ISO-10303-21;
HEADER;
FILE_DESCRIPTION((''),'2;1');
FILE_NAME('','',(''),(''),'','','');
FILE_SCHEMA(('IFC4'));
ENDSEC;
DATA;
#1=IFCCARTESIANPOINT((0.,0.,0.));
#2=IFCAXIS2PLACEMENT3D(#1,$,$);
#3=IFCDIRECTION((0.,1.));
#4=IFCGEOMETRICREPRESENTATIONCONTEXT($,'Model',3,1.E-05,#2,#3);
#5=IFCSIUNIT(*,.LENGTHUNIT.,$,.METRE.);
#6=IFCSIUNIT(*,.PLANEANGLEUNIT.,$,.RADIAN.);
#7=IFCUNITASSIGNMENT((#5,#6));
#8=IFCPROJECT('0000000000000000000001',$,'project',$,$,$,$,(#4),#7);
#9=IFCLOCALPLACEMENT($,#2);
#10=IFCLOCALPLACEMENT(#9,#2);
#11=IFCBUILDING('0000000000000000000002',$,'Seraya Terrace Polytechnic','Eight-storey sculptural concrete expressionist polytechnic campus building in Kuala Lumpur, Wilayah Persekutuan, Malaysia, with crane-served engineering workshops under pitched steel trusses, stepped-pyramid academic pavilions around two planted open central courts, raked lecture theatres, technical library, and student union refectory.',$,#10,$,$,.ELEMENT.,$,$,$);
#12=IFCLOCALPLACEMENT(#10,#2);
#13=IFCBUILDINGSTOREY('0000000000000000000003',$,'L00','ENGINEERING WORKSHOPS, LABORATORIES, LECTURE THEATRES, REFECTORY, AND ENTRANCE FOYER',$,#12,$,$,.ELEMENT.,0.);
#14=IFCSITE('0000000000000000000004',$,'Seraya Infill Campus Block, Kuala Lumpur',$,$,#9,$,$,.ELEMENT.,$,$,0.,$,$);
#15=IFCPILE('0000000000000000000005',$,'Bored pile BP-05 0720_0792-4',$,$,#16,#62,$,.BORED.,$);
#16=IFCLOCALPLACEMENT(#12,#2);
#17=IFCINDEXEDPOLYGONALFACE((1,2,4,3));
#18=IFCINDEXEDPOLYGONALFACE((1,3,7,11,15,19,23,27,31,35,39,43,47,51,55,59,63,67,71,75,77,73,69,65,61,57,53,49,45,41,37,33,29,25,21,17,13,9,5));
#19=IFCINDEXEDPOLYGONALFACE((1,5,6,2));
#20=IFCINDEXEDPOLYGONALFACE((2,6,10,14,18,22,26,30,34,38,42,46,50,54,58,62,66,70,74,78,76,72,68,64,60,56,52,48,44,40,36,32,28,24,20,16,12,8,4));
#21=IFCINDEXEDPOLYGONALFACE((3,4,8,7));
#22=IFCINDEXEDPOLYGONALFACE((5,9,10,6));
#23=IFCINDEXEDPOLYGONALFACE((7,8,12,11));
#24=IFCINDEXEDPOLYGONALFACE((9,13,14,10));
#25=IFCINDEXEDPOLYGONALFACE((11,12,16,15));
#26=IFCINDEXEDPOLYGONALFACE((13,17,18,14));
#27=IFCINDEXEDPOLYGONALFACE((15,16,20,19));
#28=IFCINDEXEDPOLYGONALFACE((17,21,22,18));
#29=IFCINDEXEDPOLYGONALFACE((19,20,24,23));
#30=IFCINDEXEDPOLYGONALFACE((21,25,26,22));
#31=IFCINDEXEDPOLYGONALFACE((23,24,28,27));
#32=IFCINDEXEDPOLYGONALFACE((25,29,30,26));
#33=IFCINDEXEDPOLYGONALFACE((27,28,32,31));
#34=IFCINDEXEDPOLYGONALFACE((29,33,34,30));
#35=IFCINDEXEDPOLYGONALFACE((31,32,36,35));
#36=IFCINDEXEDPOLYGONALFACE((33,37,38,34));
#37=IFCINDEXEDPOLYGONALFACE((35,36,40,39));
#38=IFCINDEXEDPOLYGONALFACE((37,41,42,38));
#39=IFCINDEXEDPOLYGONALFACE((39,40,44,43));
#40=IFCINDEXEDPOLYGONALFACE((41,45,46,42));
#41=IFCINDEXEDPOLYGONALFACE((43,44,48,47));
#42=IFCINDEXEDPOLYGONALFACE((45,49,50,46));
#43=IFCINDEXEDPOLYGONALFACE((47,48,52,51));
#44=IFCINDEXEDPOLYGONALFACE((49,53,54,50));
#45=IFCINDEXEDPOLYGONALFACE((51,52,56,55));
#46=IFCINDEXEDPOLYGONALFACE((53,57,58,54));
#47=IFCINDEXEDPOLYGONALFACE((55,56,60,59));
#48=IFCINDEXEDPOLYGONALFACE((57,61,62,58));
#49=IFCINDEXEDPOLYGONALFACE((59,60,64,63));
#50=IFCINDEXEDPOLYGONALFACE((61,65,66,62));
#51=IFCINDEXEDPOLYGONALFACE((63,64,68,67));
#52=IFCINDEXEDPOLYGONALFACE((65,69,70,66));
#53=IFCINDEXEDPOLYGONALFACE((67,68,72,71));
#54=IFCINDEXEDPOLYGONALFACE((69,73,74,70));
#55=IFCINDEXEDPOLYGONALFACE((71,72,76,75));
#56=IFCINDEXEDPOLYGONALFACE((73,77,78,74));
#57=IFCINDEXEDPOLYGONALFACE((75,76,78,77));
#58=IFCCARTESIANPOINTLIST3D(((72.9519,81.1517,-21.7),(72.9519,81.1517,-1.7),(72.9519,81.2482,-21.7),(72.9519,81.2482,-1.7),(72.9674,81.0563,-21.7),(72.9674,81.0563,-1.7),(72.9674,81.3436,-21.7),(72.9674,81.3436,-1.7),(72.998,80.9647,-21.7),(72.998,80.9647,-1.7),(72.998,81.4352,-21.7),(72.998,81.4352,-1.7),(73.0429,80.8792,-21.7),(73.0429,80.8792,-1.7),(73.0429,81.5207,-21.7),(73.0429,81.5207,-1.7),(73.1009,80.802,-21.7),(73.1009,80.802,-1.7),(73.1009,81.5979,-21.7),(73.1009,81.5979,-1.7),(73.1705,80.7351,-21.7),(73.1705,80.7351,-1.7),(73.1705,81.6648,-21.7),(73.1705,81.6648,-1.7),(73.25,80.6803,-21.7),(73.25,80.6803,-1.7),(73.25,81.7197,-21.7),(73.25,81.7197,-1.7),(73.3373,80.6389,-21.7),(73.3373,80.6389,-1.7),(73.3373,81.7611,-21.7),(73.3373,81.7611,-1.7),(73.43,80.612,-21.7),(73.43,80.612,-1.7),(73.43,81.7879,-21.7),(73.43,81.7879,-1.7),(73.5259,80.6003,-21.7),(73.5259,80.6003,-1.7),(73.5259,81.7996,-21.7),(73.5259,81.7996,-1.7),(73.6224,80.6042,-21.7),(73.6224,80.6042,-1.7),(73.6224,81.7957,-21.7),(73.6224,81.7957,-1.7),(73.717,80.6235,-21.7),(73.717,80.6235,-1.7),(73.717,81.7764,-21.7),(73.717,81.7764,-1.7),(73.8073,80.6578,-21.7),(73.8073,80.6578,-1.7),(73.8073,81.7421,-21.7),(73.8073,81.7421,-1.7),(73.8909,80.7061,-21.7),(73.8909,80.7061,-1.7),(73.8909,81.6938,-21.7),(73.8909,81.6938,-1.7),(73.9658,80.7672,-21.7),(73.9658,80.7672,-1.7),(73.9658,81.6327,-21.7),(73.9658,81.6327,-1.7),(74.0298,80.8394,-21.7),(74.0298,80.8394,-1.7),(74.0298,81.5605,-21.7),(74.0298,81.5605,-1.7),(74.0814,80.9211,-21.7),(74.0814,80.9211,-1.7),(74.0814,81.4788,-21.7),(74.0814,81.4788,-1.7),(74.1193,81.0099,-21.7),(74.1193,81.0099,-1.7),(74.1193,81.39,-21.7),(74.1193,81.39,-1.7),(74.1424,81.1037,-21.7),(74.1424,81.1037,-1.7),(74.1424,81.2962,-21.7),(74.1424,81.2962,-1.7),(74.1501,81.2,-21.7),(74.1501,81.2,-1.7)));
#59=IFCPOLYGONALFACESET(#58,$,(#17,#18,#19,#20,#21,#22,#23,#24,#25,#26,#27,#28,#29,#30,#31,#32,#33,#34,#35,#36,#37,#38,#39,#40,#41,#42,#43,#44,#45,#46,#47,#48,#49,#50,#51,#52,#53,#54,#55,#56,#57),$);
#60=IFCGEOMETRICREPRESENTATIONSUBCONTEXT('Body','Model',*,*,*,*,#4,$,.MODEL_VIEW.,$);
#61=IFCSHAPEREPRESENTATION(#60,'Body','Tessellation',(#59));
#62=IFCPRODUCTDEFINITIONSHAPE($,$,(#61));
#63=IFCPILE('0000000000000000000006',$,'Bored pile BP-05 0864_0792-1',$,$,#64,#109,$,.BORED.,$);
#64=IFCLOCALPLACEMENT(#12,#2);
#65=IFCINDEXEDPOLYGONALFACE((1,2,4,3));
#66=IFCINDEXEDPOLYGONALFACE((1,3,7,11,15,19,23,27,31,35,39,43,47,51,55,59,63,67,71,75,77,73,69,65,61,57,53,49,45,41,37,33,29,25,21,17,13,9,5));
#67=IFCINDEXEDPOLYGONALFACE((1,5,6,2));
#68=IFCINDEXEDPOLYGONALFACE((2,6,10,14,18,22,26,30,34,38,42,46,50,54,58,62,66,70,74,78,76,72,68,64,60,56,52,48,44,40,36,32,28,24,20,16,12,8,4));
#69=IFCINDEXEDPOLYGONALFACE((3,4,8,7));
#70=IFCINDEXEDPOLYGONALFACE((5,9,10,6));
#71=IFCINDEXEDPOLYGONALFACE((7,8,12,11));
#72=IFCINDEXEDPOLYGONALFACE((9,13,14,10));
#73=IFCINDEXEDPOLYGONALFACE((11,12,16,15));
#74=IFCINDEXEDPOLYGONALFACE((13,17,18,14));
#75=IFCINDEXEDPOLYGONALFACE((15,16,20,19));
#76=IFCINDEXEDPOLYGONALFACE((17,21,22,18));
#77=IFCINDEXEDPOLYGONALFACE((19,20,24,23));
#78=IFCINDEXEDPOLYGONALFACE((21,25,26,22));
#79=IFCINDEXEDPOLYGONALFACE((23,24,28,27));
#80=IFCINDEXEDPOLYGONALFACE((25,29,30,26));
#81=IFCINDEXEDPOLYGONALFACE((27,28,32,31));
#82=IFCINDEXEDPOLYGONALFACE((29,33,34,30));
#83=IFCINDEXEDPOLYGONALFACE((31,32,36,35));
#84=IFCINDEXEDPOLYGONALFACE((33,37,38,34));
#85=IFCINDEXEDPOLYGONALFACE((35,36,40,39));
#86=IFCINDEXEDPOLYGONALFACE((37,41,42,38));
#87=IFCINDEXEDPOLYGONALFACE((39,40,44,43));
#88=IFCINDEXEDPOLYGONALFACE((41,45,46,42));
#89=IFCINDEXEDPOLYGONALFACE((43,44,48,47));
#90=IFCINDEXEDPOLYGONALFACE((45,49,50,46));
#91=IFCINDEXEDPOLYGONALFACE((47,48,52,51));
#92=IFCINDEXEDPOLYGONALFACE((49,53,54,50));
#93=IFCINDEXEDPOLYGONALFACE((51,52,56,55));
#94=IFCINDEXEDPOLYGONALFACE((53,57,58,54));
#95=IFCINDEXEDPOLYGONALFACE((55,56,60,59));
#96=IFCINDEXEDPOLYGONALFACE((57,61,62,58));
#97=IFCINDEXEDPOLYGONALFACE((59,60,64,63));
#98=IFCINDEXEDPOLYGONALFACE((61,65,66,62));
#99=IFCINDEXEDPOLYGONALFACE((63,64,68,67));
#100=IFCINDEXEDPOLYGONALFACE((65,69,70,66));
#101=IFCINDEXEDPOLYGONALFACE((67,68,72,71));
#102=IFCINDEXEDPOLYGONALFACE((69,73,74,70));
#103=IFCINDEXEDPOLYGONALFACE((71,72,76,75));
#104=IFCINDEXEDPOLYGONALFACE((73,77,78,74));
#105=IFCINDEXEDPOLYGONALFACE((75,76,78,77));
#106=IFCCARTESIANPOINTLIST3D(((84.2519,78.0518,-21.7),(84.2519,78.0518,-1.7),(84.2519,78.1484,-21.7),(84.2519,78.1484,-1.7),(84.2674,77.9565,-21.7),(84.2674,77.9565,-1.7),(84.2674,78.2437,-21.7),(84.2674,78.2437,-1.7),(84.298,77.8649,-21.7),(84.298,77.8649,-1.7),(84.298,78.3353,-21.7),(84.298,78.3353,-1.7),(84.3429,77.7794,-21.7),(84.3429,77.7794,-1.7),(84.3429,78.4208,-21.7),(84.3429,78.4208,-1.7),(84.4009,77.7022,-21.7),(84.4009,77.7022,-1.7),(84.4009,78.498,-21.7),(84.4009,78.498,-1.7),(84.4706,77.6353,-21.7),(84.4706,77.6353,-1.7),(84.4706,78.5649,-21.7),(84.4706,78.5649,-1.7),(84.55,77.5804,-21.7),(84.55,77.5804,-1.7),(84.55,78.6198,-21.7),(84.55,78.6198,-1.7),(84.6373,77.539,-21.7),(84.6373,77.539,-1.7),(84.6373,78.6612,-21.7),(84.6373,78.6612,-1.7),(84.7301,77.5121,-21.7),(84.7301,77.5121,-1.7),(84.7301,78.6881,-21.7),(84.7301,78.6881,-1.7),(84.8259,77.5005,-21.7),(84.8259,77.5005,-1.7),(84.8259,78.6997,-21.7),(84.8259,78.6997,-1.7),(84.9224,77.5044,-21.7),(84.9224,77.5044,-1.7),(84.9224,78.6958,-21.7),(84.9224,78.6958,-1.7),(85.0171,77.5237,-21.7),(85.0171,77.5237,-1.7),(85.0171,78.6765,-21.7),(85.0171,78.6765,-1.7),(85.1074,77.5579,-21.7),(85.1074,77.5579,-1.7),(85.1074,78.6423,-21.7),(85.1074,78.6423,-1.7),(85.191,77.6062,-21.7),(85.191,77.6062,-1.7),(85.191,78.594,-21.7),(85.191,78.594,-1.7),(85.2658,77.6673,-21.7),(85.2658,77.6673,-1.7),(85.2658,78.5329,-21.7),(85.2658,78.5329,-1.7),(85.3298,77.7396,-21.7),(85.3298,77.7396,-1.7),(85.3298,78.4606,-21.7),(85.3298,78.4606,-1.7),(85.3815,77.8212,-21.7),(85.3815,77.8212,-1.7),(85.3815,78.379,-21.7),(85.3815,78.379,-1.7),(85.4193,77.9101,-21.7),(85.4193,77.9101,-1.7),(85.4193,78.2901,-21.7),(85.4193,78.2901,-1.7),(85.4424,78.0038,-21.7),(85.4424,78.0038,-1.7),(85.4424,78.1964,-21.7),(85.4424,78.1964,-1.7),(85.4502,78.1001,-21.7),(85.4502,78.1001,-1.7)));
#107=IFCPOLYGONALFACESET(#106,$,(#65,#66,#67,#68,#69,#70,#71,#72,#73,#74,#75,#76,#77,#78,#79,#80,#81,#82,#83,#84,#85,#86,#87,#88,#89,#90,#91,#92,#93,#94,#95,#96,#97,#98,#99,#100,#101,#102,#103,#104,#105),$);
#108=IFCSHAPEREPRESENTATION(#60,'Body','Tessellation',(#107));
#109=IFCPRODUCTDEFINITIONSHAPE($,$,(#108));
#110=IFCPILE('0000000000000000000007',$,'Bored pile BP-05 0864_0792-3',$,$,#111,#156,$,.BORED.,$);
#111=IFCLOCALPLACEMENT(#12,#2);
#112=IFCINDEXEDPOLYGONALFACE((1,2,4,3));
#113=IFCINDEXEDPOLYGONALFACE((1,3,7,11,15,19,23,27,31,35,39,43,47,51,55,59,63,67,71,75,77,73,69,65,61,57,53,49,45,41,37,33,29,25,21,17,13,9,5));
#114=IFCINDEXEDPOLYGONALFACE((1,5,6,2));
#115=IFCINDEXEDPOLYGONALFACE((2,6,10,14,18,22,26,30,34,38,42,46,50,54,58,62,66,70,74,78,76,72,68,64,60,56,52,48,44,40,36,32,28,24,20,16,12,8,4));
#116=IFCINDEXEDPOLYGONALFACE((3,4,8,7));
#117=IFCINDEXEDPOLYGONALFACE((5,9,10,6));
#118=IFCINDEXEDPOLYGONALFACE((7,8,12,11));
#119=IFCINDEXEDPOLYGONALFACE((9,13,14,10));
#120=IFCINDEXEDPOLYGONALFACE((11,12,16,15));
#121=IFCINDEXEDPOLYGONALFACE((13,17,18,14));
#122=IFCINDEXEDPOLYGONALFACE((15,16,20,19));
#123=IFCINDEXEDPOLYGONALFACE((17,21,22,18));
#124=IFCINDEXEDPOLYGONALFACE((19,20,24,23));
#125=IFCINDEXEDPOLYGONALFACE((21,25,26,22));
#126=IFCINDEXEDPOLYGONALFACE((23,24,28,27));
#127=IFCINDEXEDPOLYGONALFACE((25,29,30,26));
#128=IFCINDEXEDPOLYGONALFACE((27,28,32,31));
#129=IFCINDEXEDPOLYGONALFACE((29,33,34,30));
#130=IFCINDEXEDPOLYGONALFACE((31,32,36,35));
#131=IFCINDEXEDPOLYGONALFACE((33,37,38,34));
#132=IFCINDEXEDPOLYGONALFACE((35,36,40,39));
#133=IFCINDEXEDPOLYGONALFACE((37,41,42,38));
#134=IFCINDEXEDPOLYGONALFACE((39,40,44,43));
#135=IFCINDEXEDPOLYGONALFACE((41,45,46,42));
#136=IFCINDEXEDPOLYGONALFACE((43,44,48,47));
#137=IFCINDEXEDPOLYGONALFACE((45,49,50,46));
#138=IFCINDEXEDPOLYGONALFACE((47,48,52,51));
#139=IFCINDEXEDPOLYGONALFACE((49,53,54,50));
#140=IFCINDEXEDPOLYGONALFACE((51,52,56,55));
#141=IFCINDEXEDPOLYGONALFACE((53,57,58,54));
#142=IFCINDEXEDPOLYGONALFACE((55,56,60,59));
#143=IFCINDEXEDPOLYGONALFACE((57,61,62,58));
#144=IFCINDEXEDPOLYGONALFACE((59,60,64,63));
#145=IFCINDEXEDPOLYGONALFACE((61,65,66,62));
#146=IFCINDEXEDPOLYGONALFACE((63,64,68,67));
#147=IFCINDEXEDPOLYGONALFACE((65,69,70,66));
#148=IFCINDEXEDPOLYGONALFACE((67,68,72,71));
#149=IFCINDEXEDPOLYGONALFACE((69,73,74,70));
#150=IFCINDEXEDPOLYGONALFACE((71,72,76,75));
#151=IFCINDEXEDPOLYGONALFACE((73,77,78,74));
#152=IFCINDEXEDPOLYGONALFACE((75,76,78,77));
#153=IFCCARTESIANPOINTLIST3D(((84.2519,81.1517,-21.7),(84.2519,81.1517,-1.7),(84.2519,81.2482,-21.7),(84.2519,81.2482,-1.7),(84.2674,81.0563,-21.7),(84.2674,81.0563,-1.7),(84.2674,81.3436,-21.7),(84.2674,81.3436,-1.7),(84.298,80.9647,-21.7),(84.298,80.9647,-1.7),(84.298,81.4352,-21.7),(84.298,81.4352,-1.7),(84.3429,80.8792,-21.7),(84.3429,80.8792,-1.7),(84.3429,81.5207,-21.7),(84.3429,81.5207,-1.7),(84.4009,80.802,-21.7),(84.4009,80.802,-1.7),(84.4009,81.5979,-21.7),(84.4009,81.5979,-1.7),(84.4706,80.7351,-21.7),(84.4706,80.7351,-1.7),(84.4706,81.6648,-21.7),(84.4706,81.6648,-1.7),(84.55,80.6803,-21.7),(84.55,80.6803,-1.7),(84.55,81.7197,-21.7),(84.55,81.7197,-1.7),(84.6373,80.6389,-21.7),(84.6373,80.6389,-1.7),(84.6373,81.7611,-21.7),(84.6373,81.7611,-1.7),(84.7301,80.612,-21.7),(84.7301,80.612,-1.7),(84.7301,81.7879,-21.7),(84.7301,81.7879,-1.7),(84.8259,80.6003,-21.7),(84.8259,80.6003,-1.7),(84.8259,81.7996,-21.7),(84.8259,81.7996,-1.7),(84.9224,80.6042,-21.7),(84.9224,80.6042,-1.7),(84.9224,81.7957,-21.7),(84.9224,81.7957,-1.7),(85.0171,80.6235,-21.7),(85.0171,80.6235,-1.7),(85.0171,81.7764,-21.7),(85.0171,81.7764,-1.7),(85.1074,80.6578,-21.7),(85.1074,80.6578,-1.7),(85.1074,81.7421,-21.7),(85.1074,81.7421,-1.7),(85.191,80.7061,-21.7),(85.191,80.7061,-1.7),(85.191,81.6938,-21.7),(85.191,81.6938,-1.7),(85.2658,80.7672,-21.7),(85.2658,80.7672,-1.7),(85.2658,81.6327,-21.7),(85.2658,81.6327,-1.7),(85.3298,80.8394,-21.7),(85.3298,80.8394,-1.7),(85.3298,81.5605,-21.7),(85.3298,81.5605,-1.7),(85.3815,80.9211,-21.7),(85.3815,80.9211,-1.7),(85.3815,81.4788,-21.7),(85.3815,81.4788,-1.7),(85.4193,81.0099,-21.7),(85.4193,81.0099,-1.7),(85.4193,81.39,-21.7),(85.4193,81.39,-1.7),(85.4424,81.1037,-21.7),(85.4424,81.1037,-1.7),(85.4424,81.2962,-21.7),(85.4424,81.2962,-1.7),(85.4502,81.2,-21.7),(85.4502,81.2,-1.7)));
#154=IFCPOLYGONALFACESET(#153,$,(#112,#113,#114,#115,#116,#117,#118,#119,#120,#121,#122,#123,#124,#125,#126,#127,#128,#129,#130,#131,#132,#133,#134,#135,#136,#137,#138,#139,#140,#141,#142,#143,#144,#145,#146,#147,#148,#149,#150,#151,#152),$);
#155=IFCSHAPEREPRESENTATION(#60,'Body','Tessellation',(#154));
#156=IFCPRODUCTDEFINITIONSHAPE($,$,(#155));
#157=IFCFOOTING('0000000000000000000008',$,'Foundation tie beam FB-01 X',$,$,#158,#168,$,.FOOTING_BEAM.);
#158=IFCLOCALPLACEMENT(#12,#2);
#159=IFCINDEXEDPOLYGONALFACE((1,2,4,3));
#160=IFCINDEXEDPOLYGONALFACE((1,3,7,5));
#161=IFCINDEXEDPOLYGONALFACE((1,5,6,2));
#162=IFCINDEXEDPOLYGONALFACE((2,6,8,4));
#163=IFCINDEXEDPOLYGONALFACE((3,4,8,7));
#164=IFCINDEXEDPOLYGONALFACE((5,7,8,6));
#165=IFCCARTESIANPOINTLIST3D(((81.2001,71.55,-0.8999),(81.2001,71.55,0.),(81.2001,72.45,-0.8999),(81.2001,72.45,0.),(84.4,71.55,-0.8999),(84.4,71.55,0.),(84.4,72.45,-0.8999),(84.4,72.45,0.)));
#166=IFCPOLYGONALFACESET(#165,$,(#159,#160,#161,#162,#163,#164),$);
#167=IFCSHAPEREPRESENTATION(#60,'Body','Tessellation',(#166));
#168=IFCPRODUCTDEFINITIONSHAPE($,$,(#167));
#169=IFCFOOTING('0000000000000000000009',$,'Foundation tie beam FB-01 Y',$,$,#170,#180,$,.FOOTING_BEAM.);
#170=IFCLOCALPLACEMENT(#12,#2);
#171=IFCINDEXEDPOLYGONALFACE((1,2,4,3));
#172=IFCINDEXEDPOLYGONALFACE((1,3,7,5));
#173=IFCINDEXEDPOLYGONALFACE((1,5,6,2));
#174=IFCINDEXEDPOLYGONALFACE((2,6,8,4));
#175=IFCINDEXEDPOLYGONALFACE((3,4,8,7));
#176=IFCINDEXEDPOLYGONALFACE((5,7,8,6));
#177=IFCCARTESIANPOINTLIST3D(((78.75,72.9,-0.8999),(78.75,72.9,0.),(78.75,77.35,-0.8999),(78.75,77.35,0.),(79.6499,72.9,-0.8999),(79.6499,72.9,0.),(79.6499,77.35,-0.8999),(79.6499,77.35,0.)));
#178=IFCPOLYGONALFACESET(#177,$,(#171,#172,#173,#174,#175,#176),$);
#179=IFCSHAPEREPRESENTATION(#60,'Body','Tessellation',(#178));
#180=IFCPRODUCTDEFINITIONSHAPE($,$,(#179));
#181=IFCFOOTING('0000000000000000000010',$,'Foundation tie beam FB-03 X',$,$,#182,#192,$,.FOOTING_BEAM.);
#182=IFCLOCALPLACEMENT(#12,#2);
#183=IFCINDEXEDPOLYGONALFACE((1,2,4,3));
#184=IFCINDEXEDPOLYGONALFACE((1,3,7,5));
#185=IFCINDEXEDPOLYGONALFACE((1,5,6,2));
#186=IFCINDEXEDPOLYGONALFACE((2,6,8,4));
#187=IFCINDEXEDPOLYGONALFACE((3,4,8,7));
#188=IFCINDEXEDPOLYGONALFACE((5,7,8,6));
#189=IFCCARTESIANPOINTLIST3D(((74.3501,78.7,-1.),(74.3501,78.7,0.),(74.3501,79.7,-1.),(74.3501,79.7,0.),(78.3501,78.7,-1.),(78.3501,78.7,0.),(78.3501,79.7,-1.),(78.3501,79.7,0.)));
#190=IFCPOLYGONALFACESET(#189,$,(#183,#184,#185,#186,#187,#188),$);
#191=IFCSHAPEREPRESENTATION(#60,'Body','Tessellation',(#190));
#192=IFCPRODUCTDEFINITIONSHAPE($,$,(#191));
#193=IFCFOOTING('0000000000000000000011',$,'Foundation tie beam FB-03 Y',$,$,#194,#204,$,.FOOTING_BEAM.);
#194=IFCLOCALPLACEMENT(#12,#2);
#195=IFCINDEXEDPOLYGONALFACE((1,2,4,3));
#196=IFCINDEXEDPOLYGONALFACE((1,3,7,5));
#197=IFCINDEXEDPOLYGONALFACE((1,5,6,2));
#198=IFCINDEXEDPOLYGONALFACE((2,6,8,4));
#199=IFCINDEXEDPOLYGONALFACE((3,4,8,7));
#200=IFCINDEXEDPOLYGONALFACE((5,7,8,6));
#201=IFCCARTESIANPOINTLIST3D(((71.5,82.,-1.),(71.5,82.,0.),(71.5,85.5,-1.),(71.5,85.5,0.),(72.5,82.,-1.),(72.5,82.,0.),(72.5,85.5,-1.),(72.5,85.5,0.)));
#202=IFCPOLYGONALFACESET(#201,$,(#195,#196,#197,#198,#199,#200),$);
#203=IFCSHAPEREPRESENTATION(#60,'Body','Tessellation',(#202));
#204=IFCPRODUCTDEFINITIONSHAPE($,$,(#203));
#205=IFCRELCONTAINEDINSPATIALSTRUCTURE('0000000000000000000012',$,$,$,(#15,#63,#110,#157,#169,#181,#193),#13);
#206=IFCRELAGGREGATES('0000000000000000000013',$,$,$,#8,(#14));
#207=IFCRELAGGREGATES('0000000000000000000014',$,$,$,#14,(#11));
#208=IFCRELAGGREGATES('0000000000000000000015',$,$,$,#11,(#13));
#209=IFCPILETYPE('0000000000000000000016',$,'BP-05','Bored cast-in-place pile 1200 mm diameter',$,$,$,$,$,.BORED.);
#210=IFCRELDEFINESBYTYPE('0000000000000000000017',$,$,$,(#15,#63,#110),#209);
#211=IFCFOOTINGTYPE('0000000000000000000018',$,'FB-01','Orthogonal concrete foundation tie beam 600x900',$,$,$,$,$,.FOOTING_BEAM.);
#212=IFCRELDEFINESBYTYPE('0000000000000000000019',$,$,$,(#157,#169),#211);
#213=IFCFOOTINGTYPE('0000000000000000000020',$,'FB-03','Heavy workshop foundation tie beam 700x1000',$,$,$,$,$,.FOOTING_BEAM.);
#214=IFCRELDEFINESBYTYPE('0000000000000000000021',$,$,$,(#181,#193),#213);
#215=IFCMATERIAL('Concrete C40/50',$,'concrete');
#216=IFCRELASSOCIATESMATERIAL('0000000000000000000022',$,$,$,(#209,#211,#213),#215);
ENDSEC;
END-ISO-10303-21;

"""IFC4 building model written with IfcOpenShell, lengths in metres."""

from ifc_helpers import new_model, si_unit, direction, frame, origin, origin_2d, place, context, subcontext, project, spatial, rectangle, circle, extrude, material, material_profile, profile_set, type_object, element, save


model = new_model("IFC4")

# Units and contexts
model_context = context("Model", 3, precision=1e-05, world=origin(), true_north=direction((0.0, 1.0)))
body_context = subcontext(model_context, "Body", "Model", "MODEL_VIEW")
ifc_project = project(units=[si_unit("LENGTHUNIT", "METRE"), si_unit("PLANEANGLEUNIT", "RADIAN")], contexts=[model_context])

# Site, building, storey
site_placement = place(None, origin())
site = spatial("IfcSite", under=ifc_project, at=site_placement, Name="Seraya Infill Campus Block, Kuala Lumpur", CompositionType="ELEMENT", RefElevation=0.0)
building_placement = place(site_placement, origin())
building = spatial("IfcBuilding", under=site, at=building_placement, Name="Seraya Terrace Polytechnic", Description="Eight-storey sculptural concrete expressionist polytechnic campus building in Kuala Lumpur, Wilayah Persekutuan, Malaysia, with crane-served engineering workshops under pitched steel trusses, stepped-pyramid academic pavilions around two planted open central courts, raked lecture theatres, technical library, and student union refectory.", CompositionType="ELEMENT")
storey_placement = place(building_placement, origin())
storey = spatial("IfcBuildingStorey", under=building, at=storey_placement, Name="L00", Description="ENGINEERING WORKSHOPS, LABORATORIES, LECTURE THEATRES, REFECTORY, AND ENTRANCE FOYER", CompositionType="ELEMENT", Elevation=0.0)

# Piles
ifc_material_1 = material(Name="Concrete C40/50", Category="concrete")
ifc_material_profile_1 = material_profile(ifc_material_1, circle(Radius=0.6001, at=origin_2d()), Name="DIA 1200")
ifc_profile_set_1 = profile_set([ifc_material_profile_1], Name="Concrete C40/50")
pile_type_1 = type_object("IfcPileType", Name="BP-05", Description="Bored cast-in-place pile 1200 mm diameter", PredefinedType="BORED", material=ifc_profile_set_1)
for number, where, z_axis, x_axis, name in (
    (1, (73.55, 81.2, -1.7), (0.0, 0.0, -1.0), (1.0, 0.0, 0.0), "Bored pile BP-05 0720_0792-4"),
    (2, (84.8501, 78.1001, -1.7), (0.0, 0.0, -1.0), (1.0, 0.0, 0.0), "Bored pile BP-05 0864_0792-1"),
    (3, (84.8501, 81.2, -1.7), (0.0, 0.0, -1.0), (1.0, 0.0, 0.0), "Bored pile BP-05 0864_0792-3"),
):
    element("IfcPile", number, at=place(storey_placement, frame(where, z_axis=z_axis, x_axis=x_axis)), inside=storey, type_object=pile_type_1, Name=name, PredefinedType="BORED", context=body_context, shape_type="SweptSolid", body=[
        extrude(circle(Radius=0.6001, at=origin_2d()), origin(), (0.0, 0.0, 1.0), 20.0),
    ])

# Footings
footing_type_1 = type_object("IfcFootingType", Name="FB-01", Description="Orthogonal concrete foundation tie beam 600x900", PredefinedType="FOOTING_BEAM", material=ifc_material_1)
footing_1_placement = place(storey_placement, frame((82.8, 72.0, -0.8999), z_axis=(0.0, 0.0, 1.0), x_axis=(1.0, 0.0, 0.0)))
element("IfcFooting", 4, at=footing_1_placement, inside=storey, type_object=footing_type_1, Name="Foundation tie beam FB-01 X", PredefinedType="FOOTING_BEAM", context=body_context, shape_type="SweptSolid", body=[
    extrude(rectangle(XDim=3.2, YDim=0.8999, at=origin_2d()), origin(), (0.0, 0.0, 1.0), 0.8999),
])
footing_2_placement = place(storey_placement, frame((79.2, 75.125, -0.8999), z_axis=(0.0, 0.0, 1.0), x_axis=(0.0, 1.0, 0.0)))
element("IfcFooting", 5, at=footing_2_placement, inside=storey, type_object=footing_type_1, Name="Foundation tie beam FB-01 Y", PredefinedType="FOOTING_BEAM", context=body_context, shape_type="SweptSolid", body=[
    extrude(rectangle(XDim=4.45, YDim=0.8999, at=origin_2d()), origin(), (0.0, 0.0, 1.0), 0.8999),
])
footing_type_2 = type_object("IfcFootingType", Name="FB-03", Description="Heavy workshop foundation tie beam 700x1000", PredefinedType="FOOTING_BEAM", material=ifc_material_1)
footing_3_placement = place(storey_placement, frame((76.3501, 79.2, -1.0), z_axis=(0.0, 0.0, 1.0), x_axis=(1.0, 0.0, 0.0)))
element("IfcFooting", 6, at=footing_3_placement, inside=storey, type_object=footing_type_2, Name="Foundation tie beam FB-03 X", PredefinedType="FOOTING_BEAM", context=body_context, shape_type="SweptSolid", body=[
    extrude(rectangle(XDim=4.0, YDim=1.0, at=origin_2d()), origin(), (0.0, 0.0, 1.0), 1.0),
])
footing_4_placement = place(storey_placement, frame((72.0, 83.75, -1.0), z_axis=(0.0, 0.0, 1.0), x_axis=(0.0, 1.0, 0.0)))
element("IfcFooting", 7, at=footing_4_placement, inside=storey, type_object=footing_type_2, Name="Foundation tie beam FB-03 Y", PredefinedType="FOOTING_BEAM", context=body_context, shape_type="SweptSolid", body=[
    extrude(rectangle(XDim=3.5, YDim=1.0, at=origin_2d()), origin(), (0.0, 0.0, 1.0), 1.0),
])

save(model, "model.ifc")
